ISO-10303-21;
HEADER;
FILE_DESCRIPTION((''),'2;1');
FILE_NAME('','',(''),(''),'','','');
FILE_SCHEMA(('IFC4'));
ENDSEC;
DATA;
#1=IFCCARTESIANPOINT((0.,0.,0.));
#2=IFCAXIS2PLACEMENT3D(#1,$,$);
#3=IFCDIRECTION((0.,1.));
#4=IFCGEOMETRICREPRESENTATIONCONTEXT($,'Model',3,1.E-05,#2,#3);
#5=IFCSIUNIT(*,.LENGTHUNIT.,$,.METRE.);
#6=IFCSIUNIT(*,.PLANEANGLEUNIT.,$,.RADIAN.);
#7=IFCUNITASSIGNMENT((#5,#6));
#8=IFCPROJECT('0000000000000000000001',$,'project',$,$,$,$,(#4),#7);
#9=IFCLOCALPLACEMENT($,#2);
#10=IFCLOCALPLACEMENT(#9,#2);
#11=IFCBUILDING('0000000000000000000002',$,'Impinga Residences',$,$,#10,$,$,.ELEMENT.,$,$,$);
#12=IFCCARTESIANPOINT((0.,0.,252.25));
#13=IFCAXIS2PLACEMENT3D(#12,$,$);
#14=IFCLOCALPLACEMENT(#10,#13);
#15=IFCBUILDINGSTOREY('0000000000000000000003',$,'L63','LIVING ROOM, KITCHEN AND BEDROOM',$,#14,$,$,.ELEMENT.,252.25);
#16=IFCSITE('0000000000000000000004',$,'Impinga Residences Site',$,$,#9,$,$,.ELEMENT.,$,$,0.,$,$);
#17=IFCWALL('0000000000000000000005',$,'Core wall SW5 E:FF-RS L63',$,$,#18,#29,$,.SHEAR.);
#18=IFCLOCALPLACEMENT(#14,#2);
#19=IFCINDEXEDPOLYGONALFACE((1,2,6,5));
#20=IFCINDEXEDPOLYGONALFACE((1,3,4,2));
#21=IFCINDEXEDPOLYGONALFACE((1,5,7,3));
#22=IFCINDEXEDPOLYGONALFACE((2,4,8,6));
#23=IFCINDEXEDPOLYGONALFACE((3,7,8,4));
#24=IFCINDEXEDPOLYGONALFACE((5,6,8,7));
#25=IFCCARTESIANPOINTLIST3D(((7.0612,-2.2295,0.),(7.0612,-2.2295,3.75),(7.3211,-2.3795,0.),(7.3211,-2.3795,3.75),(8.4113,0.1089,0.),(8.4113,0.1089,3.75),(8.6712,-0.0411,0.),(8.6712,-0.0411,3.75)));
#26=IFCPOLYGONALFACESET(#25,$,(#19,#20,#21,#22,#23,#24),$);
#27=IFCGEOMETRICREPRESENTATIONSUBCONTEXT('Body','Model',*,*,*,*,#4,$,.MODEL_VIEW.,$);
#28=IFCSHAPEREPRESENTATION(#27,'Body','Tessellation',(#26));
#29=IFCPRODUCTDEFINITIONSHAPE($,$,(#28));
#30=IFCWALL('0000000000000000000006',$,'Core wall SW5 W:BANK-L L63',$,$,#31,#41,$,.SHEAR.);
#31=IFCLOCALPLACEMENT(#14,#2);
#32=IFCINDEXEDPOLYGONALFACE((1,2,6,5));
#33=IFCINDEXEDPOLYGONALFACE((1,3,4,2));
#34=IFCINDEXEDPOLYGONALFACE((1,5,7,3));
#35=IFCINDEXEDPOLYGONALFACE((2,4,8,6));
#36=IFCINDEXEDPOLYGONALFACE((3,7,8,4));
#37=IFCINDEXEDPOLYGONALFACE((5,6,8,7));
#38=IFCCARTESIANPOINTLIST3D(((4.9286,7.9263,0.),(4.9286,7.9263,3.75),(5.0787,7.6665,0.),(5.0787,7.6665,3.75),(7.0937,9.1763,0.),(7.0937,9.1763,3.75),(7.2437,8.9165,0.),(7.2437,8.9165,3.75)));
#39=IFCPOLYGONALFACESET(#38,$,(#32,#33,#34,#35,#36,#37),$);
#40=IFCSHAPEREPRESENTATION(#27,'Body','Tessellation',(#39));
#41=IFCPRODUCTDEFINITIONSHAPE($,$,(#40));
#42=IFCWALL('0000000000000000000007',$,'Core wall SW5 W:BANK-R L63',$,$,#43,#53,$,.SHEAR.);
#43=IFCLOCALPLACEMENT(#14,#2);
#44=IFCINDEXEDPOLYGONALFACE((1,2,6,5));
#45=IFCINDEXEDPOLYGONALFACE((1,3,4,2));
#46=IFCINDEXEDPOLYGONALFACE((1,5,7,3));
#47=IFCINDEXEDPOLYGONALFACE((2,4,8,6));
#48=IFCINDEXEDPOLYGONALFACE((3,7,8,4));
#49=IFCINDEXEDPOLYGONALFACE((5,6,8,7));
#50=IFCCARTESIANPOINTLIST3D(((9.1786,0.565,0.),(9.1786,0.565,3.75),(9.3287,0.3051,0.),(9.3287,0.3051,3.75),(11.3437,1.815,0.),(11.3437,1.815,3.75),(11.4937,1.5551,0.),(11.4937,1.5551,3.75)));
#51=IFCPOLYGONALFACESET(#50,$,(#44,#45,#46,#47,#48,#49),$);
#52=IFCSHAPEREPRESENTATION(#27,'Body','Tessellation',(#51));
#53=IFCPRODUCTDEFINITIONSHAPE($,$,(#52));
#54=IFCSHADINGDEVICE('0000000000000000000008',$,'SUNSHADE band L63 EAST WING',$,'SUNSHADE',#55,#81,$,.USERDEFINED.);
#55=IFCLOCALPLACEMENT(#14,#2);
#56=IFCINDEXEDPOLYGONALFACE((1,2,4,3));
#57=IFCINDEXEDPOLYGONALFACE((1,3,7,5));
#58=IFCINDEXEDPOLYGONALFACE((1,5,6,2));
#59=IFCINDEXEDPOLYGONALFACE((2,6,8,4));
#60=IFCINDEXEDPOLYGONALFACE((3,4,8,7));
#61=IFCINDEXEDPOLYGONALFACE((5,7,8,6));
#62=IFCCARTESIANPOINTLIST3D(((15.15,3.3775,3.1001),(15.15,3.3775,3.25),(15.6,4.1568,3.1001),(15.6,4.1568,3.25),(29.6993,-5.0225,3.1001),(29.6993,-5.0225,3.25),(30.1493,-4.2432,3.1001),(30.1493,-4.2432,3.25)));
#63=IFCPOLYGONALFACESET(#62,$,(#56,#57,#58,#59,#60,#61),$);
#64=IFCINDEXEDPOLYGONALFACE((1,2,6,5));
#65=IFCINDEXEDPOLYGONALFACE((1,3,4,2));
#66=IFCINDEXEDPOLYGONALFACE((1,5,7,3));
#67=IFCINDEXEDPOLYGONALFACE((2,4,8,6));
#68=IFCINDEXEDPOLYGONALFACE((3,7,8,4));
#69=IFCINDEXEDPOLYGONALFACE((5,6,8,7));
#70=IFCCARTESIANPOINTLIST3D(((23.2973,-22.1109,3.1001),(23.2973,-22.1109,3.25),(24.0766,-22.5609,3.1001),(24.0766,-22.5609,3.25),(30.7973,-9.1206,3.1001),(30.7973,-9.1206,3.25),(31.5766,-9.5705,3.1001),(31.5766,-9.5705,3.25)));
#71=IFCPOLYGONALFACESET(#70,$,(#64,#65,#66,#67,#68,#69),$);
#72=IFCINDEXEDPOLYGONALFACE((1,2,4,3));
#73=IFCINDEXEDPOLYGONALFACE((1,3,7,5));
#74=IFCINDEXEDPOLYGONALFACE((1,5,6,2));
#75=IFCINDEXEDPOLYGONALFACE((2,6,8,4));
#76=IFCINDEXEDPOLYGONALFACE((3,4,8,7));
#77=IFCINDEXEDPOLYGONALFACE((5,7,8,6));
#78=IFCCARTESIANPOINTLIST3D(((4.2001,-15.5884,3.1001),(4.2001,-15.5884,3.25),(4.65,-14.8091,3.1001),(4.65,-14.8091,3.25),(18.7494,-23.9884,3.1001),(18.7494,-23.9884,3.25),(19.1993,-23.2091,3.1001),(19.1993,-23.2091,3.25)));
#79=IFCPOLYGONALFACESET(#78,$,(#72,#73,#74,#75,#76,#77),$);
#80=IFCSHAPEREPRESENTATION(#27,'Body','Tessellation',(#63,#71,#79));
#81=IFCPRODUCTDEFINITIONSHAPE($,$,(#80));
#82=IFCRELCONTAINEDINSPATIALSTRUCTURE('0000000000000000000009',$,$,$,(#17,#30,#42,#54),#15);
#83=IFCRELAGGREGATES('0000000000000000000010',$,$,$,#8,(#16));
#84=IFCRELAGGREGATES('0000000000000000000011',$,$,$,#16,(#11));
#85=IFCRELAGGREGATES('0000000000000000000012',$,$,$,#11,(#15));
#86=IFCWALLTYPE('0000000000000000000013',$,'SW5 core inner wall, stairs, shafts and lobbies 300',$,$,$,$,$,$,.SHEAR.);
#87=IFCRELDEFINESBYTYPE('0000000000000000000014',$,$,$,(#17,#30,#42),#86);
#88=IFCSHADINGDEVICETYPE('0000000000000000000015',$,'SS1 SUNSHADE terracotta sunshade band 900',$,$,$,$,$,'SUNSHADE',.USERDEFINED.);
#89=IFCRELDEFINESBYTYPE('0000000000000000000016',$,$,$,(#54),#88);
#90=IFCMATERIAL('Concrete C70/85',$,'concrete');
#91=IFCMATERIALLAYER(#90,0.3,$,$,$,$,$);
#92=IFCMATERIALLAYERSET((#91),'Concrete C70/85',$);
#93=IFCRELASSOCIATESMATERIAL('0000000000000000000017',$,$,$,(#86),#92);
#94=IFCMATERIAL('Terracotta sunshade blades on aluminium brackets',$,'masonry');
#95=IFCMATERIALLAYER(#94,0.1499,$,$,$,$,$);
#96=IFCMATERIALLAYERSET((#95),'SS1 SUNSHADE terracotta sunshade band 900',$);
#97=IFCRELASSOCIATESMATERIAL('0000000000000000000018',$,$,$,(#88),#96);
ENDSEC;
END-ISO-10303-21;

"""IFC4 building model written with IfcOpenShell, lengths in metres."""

from ifc_helpers import new_model, si_unit, direction, frame, frame_2d, origin, origin_2d, place, context, subcontext, project, spatial, rectangle, extrude, material, layer, layer_set, type_object, element, save


model = new_model("IFC4")

# Units and contexts
model_context = context("Model", 3, precision=1e-05, world=origin(), true_north=direction((0.0, 1.0)))
body_context = subcontext(model_context, "Body", "Model", "MODEL_VIEW")
ifc_project = project(units=[si_unit("LENGTHUNIT", "METRE"), si_unit("PLANEANGLEUNIT", "RADIAN")], contexts=[model_context])

# Site, building, storey
site_placement = place(None, origin())
site = spatial("IfcSite", under=ifc_project, at=site_placement, Name="Impinga Residences Site", CompositionType="ELEMENT", RefElevation=0.0)
building_placement = place(site_placement, origin())
building = spatial("IfcBuilding", under=site, at=building_placement, Name="Impinga Residences", CompositionType="ELEMENT")
storey_placement = place(building_placement, frame((0.0, 0.0, 252.25)))
storey = spatial("IfcBuildingStorey", under=building, at=storey_placement, Name="L63", Description="LIVING ROOM, KITCHEN AND BEDROOM", CompositionType="ELEMENT", Elevation=252.25)

# Shared definitions
ifc_material_1 = material(Name="Concrete C70/85", Category="concrete")
ifc_layer_1 = layer(ifc_material_1, 0.3)
ifc_layer_set_1 = layer_set([ifc_layer_1], Name="Concrete C70/85")
wall_type_1 = type_object("IfcWallType", Name="SW5 core inner wall, stairs, shafts and lobbies 300", PredefinedType="SHEAR", material=ifc_layer_set_1)

# Walls
wall_1_placement = place(storey_placement, frame((8.5413, 0.0339, 0.0), z_axis=(0.0, 0.0, 1.0), x_axis=(-0.500009, -0.86602, 0.0)))
element("IfcWall", 1, at=wall_1_placement, inside=storey, type_object=wall_type_1, Name="Core wall SW5 E:FF-RS L63", PredefinedType="SHEAR", context=body_context, shape_type="SweptSolid", body=[
    extrude(rectangle(XDim=2.7002, YDim=0.3, at=frame_2d((1.3501, 0.0))), origin(), (0.0, 0.0, 1.0), 3.75),
])
for number, where, z_axis, x_axis, name in (
    (2, (5.0037, 7.7964, 0.0), (0.0, 0.0, 1.0), (0.866023, 0.500004, 0.0), "Core wall SW5 W:BANK-L L63"),
    (3, (9.2537, 0.4351, 0.0), (0.0, 0.0, 1.0), (0.866023, 0.500004, 0.0), "Core wall SW5 W:BANK-R L63"),
):
    element("IfcWall", number, at=place(storey_placement, frame(where, z_axis=z_axis, x_axis=x_axis)), inside=storey, type_object=wall_type_1, Name=name, PredefinedType="SHEAR", context=body_context, shape_type="SweptSolid", body=[
        extrude(rectangle(XDim=2.5, YDim=0.3, at=frame_2d((1.25, 0.0))), origin(), (0.0, 0.0, 1.0), 3.75),
    ])

# Shading device
ifc_material_2 = material(Name="Terracotta sunshade blades on aluminium brackets", Category="masonry")
ifc_layer_2 = layer(ifc_material_2, 0.1499)
ifc_layer_set_2 = layer_set([ifc_layer_2], Name="SS1 SUNSHADE terracotta sunshade band 900")
shading_device_type = type_object("IfcShadingDeviceType", Name="SS1 SUNSHADE terracotta sunshade band 900", ElementType="SUNSHADE", PredefinedType="USERDEFINED", material=ifc_layer_set_2)
shading_device_placement = place(storey_placement, frame((22.6497, -0.4329, 3.1001), z_axis=(0.0, 0.0, 1.0), x_axis=(0.866025, -0.5, 0.0)))
element("IfcShadingDevice", 4, at=shading_device_placement, inside=storey, type_object=shading_device_type, Name="SUNSHADE band L63 EAST WING", ObjectType="SUNSHADE", PredefinedType="USERDEFINED", context=body_context, shape_type="SweptSolid", body=[
    extrude(rectangle(XDim=16.8, YDim=0.8999, at=origin_2d()), origin(), (0.0, 0.0, 1.0), 0.1499),
    extrude(rectangle(XDim=15.0, YDim=0.8999, at=origin_2d()), frame((11.8499, -10.95, 0.0), z_axis=(0.0, 0.0, 1.0), x_axis=(0.0, -1.0, 0.0)), (0.0, 0.0, 1.0), 0.1499),
    extrude(rectangle(XDim=16.8, YDim=0.8999, at=origin_2d()), frame((0.0, -21.8999, 0.0), z_axis=(0.0, 0.0, 1.0), x_axis=(-1.0, 0.0, 0.0)), (0.0, 0.0, 1.0), 0.1499),
])

save(model, "model.ifc")
